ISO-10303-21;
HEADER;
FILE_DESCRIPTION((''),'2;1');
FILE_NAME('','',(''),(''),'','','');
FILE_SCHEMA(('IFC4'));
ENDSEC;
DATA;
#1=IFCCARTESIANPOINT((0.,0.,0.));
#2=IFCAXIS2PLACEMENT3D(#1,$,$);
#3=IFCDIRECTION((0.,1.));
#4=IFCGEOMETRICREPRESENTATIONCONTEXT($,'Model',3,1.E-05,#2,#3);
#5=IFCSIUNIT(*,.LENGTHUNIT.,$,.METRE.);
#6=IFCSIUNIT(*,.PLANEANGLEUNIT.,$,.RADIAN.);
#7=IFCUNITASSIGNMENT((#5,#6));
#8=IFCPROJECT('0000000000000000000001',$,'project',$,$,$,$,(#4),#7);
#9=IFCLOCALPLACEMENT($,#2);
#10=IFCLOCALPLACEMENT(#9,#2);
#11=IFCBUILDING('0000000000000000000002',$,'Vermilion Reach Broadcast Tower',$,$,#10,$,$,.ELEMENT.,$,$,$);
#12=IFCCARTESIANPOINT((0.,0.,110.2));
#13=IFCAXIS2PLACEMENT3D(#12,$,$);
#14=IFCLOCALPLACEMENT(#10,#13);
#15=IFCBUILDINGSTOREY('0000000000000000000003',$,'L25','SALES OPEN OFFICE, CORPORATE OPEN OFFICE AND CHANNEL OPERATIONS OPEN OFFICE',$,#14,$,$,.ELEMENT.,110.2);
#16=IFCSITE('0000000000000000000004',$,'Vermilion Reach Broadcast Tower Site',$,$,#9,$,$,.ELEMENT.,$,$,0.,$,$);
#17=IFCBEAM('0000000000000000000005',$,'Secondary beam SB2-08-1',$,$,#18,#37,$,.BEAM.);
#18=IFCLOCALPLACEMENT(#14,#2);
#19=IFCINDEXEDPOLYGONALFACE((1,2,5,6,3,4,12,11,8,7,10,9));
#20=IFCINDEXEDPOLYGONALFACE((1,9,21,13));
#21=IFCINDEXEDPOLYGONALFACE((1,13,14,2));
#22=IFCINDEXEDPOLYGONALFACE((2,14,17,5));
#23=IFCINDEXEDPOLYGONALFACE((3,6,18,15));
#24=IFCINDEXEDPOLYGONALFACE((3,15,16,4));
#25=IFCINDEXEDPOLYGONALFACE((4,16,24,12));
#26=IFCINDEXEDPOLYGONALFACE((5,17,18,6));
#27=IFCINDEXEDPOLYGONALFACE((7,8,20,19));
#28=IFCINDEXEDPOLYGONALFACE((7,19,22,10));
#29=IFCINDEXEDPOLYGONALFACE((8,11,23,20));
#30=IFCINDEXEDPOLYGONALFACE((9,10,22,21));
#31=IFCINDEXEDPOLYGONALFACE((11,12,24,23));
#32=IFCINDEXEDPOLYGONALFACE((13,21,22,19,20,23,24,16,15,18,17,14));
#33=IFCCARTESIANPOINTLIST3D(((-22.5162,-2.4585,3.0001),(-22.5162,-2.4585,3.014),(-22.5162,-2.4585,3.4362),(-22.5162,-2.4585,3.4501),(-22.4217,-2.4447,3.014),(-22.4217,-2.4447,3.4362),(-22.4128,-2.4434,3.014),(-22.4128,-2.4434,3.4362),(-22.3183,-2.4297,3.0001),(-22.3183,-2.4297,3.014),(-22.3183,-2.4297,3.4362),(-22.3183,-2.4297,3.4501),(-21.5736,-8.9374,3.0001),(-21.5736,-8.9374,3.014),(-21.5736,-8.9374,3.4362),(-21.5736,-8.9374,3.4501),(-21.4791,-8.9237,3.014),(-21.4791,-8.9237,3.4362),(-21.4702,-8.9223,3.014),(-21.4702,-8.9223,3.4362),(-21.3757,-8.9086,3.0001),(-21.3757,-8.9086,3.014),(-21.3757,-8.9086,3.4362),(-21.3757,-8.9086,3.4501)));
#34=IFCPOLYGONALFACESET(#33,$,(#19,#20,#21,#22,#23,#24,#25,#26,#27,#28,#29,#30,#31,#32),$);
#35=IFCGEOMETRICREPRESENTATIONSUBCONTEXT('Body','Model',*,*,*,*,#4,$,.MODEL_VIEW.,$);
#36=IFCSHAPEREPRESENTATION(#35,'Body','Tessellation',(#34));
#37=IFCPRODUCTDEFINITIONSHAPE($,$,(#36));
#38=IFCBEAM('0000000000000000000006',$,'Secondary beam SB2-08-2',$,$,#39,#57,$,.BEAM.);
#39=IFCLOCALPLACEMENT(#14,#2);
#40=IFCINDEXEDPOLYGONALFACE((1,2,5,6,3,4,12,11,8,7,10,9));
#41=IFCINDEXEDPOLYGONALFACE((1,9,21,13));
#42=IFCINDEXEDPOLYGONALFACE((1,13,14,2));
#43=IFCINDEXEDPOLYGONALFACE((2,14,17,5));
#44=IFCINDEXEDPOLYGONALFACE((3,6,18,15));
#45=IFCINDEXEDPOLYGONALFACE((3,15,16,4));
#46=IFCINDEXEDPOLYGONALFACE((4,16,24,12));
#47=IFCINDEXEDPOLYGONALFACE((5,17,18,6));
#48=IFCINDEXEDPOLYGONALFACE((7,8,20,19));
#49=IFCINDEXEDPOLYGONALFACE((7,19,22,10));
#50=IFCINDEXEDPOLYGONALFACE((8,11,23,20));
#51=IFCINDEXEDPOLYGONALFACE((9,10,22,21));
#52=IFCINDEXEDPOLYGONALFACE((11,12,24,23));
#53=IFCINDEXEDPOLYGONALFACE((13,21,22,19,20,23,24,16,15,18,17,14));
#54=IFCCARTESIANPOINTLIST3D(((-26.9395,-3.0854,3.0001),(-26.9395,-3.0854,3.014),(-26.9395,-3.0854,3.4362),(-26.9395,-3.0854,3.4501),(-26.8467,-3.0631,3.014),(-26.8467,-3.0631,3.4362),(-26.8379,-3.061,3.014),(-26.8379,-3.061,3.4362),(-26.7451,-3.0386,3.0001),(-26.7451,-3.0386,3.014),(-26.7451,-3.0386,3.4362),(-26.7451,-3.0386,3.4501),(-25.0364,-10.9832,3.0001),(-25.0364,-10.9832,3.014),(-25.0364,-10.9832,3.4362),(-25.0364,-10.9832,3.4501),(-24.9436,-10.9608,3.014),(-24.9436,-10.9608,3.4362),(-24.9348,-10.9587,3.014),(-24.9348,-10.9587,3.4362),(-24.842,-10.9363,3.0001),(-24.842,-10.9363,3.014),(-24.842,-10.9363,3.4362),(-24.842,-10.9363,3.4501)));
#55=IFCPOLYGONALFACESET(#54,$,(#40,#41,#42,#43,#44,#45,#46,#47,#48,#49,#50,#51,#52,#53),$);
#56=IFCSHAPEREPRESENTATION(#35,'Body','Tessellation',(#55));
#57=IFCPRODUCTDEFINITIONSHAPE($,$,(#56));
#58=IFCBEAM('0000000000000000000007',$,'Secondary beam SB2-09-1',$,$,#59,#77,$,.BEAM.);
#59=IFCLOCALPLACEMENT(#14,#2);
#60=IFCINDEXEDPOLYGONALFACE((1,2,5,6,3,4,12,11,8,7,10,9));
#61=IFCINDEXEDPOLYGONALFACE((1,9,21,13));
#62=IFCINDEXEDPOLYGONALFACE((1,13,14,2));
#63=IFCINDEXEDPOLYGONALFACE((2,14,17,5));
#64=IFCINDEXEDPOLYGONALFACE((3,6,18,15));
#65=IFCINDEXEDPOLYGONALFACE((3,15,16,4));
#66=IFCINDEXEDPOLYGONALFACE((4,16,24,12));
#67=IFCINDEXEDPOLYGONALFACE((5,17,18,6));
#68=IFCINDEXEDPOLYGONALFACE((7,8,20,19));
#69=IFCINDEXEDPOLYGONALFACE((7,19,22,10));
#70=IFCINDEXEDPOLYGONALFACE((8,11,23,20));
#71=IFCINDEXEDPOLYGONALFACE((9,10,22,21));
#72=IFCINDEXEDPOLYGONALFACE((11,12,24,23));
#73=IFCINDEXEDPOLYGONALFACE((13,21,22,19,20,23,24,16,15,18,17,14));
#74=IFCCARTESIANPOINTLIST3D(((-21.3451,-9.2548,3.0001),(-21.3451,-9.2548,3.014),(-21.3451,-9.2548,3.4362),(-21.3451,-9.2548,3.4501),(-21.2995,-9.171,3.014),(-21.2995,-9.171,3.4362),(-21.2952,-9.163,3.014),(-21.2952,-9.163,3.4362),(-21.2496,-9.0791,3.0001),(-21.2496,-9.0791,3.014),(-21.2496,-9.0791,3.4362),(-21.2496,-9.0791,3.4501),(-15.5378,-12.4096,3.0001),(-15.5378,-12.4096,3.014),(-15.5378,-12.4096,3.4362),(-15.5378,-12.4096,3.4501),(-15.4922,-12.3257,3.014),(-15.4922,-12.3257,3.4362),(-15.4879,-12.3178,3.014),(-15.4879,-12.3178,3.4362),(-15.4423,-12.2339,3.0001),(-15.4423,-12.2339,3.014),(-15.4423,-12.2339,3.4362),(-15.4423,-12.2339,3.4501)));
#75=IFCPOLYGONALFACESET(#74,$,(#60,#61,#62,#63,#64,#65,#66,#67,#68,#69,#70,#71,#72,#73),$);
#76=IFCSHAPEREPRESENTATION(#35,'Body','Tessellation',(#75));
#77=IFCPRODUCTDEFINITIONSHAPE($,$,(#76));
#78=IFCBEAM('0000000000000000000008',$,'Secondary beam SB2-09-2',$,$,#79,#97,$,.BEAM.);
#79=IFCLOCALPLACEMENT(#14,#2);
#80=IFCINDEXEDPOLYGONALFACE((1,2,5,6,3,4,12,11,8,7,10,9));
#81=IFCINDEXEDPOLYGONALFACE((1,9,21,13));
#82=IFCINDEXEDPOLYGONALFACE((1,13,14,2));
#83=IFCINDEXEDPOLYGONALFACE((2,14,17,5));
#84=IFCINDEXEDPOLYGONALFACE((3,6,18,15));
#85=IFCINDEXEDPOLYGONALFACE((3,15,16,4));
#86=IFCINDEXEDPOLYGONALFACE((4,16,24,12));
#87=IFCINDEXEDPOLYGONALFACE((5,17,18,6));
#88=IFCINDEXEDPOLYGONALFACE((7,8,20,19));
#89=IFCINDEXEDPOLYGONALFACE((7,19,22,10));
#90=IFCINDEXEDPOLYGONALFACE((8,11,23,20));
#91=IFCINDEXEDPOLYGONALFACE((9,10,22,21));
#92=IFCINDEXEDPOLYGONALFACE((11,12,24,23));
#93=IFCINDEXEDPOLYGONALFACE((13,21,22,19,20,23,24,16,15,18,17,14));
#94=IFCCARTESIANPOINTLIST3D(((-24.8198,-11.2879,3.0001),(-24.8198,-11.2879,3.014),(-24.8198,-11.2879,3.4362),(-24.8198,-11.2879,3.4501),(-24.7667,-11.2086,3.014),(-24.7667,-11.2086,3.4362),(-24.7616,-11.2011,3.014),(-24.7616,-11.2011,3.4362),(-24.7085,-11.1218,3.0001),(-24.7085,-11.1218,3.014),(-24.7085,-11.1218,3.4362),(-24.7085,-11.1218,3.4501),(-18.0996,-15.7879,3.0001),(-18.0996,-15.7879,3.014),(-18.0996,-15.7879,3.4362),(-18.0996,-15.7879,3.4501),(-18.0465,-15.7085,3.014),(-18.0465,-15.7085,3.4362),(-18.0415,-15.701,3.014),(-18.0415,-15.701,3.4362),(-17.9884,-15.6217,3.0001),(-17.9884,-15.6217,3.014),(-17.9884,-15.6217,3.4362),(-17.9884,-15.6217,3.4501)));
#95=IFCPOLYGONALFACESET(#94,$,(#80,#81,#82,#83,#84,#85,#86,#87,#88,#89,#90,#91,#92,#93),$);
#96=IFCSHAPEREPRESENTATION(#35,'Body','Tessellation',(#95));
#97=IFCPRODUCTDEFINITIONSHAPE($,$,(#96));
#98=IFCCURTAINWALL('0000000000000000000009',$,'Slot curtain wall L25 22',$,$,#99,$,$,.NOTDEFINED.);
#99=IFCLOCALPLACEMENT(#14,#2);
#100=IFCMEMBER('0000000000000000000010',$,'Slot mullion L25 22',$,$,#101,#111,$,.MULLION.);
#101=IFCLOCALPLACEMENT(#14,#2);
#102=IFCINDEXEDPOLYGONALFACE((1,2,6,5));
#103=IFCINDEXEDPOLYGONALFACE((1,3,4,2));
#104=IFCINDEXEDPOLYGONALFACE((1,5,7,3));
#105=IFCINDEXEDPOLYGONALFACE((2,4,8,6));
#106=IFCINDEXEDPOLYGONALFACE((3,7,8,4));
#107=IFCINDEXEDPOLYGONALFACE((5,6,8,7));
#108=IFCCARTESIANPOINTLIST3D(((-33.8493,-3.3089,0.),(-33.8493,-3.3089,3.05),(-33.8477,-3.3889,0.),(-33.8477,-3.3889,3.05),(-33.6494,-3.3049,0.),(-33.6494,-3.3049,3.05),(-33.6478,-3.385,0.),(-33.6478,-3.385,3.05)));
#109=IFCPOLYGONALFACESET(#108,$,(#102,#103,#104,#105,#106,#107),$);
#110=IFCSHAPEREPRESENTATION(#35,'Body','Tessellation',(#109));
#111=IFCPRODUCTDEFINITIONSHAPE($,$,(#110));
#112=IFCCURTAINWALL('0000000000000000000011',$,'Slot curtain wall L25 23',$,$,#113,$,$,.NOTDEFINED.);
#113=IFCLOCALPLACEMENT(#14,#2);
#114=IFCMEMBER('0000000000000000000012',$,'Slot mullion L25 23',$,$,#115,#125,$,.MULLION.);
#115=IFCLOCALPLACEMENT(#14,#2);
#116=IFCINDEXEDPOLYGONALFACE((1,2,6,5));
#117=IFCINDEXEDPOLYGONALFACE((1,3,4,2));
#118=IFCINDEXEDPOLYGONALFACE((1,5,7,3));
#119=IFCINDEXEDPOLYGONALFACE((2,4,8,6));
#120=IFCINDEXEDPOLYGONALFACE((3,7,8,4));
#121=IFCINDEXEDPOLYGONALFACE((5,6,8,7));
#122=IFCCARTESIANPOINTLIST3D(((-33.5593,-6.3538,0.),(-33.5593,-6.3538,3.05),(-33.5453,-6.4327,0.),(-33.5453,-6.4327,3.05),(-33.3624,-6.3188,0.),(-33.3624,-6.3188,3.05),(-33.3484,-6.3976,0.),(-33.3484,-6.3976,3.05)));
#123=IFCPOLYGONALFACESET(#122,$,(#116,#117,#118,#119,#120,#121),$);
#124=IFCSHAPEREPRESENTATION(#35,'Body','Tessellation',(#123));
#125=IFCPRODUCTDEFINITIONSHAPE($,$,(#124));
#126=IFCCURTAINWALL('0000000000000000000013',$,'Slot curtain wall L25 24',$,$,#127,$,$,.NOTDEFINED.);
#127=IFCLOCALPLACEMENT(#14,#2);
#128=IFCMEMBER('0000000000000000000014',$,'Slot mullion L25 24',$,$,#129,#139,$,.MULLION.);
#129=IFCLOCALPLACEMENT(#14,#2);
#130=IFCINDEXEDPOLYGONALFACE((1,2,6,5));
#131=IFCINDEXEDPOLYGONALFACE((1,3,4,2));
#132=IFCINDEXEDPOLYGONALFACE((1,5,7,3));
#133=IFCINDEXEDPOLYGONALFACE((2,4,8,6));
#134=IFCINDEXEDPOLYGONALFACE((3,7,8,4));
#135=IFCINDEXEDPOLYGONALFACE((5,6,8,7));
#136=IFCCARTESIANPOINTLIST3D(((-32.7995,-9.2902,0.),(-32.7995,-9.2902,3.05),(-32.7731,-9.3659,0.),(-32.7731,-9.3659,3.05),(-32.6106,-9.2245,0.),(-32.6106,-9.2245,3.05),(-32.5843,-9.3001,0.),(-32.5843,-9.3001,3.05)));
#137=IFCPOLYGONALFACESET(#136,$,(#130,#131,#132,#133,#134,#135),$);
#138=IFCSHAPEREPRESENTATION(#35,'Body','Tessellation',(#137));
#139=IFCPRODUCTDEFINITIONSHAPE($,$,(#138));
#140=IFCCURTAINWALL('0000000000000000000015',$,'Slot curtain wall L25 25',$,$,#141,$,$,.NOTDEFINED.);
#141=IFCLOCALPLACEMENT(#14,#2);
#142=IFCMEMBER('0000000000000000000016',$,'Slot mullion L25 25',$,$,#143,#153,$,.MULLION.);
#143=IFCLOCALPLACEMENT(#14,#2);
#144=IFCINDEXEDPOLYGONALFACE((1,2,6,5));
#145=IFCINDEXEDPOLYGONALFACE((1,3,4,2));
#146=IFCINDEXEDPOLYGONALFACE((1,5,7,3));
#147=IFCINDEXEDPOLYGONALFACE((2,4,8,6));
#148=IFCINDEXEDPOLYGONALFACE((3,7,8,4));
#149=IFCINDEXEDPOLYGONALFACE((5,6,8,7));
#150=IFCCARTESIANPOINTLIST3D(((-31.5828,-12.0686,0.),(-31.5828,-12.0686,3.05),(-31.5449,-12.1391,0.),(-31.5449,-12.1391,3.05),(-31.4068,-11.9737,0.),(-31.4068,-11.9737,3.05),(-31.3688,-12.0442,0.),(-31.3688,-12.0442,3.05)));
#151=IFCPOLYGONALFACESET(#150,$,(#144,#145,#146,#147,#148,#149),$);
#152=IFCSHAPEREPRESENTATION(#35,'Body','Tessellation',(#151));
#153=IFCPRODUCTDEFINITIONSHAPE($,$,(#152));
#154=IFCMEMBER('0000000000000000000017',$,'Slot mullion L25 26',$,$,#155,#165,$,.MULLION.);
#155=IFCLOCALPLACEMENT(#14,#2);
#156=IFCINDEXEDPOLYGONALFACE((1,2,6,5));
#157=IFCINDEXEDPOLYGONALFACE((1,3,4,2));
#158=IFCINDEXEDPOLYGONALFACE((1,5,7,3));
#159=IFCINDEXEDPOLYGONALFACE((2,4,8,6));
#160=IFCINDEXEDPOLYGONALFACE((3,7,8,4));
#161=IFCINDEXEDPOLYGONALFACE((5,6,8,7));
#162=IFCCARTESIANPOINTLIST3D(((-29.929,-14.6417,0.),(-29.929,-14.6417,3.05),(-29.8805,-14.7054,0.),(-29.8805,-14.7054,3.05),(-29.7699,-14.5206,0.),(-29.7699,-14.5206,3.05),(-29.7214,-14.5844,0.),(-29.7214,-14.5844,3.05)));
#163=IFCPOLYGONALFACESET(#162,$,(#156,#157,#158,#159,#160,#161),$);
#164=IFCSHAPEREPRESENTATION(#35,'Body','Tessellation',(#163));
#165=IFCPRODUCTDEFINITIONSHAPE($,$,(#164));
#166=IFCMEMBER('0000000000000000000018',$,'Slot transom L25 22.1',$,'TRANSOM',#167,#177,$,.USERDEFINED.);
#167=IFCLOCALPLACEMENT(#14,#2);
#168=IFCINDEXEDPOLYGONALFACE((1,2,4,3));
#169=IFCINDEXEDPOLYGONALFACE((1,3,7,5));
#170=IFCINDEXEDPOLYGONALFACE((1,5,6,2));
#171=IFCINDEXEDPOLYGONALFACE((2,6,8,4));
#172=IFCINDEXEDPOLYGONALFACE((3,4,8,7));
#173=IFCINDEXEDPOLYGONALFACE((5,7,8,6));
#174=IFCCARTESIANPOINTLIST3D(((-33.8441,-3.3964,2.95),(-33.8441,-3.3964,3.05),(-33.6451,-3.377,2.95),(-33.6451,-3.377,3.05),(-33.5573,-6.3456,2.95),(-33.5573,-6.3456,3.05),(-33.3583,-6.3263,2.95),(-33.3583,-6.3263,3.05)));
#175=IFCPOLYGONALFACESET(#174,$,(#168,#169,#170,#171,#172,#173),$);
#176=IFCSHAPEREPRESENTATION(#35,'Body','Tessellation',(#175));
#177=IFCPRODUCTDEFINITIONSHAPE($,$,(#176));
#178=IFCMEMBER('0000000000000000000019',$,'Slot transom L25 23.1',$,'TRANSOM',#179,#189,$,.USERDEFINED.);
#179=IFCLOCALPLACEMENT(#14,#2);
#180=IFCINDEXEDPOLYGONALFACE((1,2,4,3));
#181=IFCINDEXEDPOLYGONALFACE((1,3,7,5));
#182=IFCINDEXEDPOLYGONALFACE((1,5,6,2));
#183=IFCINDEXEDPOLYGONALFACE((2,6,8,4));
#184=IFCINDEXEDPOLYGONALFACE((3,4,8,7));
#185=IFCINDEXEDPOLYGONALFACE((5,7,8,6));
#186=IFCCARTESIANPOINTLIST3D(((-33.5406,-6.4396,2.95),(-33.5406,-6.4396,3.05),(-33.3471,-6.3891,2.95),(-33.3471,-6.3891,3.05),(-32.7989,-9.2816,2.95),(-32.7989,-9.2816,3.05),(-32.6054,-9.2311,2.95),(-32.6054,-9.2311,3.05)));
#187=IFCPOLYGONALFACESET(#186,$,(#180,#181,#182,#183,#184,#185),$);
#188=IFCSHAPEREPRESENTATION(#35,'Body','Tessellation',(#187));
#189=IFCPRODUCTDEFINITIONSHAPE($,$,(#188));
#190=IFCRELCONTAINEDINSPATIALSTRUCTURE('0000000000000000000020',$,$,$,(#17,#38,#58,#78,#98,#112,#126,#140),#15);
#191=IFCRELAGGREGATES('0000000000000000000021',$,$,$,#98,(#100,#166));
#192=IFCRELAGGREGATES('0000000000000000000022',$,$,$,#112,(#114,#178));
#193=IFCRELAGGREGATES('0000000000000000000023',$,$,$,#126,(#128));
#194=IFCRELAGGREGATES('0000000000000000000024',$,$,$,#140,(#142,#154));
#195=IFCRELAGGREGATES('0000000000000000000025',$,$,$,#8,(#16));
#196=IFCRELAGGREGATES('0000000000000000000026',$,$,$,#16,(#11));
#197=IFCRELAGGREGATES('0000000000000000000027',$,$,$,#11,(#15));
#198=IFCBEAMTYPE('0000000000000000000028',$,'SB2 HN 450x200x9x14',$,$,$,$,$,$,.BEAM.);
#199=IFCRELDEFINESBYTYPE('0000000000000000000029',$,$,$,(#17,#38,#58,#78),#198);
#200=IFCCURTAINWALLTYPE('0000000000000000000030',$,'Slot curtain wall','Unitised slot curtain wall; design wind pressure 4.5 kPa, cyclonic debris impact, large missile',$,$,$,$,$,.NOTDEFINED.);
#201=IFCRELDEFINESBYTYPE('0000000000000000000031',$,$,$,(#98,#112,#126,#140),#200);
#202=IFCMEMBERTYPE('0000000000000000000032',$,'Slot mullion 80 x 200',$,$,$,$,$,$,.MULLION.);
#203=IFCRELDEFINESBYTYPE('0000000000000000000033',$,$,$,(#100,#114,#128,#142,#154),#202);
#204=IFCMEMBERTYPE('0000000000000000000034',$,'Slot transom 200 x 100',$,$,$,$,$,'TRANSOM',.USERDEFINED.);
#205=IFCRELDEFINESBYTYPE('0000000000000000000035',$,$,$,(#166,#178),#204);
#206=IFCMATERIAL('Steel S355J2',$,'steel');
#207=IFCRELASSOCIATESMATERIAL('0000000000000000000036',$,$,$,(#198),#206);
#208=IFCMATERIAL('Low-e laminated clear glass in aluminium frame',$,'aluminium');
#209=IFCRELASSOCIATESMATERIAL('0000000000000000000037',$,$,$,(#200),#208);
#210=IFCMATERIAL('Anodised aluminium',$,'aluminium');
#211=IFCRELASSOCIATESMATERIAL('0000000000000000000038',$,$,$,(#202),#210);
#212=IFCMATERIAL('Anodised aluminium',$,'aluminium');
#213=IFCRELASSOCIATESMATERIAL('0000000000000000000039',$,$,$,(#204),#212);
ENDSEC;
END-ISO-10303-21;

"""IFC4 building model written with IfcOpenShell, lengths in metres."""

from ifc_helpers import new_model, si_unit, direction, frame, origin, origin_2d, place, context, subcontext, project, spatial, rectangle, i_section, extrude, material, material_profile, profile_set, type_object, element, aggregate, save


model = new_model("IFC4")

# Units and contexts
model_context = context("Model", 3, precision=1e-05, world=origin(), true_north=direction((0.0, 1.0)))
body_context = subcontext(model_context, "Body", "Model", "MODEL_VIEW")
ifc_project = project(units=[si_unit("LENGTHUNIT", "METRE"), si_unit("PLANEANGLEUNIT", "RADIAN")], contexts=[model_context])

# Site, building, storey
site_placement = place(None, origin())
site = spatial("IfcSite", under=ifc_project, at=site_placement, Name="Vermilion Reach Broadcast Tower Site", CompositionType="ELEMENT", RefElevation=0.0)
building_placement = place(site_placement, origin())
building = spatial("IfcBuilding", under=site, at=building_placement, Name="Vermilion Reach Broadcast Tower", CompositionType="ELEMENT")
storey_placement = place(building_placement, frame((0.0, 0.0, 110.2)))
storey = spatial("IfcBuildingStorey", under=building, at=storey_placement, Name="L25", Description="SALES OPEN OFFICE, CORPORATE OPEN OFFICE AND CHANNEL OPERATIONS OPEN OFFICE", CompositionType="ELEMENT", Elevation=110.2)

# Beams
ifc_material_1 = material(Name="Steel S355J2", Category="steel")
ifc_material_profile_1 = material_profile(ifc_material_1, i_section(OverallWidth=0.2, OverallDepth=0.45, WebThickness=0.009, FlangeThickness=0.0139, at=origin_2d()), Name="S355J2 HN 450x200x9x14")
ifc_profile_set_1 = profile_set([ifc_material_profile_1], Name="Steel S355J2")
beam_type_1 = type_object("IfcBeamType", Name="SB2 HN 450x200x9x14", PredefinedType="BEAM", material=ifc_profile_set_1)
beam_1_placement = place(storey_placement, frame((-22.4172, -2.4441, 3.2251), z_axis=(0.143974, -0.989582, 0.0), x_axis=(0.989582, 0.143974, 0.0)))
element("IfcBeam", 1, at=beam_1_placement, inside=storey, type_object=beam_type_1, Name="Secondary beam SB2-08-1", PredefinedType="BEAM", context=body_context, shape_type="SweptSolid", body=[
    extrude(i_section(OverallWidth=0.2, OverallDepth=0.45, WebThickness=0.009, FlangeThickness=0.0139, at=origin_2d()), origin(), (0.0, 0.0, 1.0), 6.5471),
])
beam_2_placement = place(storey_placement, frame((-26.8423, -3.062, 3.2251), z_axis=(0.234261, -0.972174, 0.0), x_axis=(0.972174, 0.234261, 0.0)))
element("IfcBeam", 2, at=beam_2_placement, inside=storey, type_object=beam_type_1, Name="Secondary beam SB2-08-2", PredefinedType="BEAM", context=body_context, shape_type="SweptSolid", body=[
    extrude(i_section(OverallWidth=0.2, OverallDepth=0.45, WebThickness=0.009, FlangeThickness=0.0139, at=origin_2d()), origin(), (0.0, 0.0, 1.0), 8.1238),
])
beam_3_placement = place(storey_placement, frame((-21.2974, -9.167, 3.2251), z_axis=(0.878713, -0.47735, 0.0), x_axis=(0.47735, 0.878713, 0.0)))
element("IfcBeam", 3, at=beam_3_placement, inside=storey, type_object=beam_type_1, Name="Secondary beam SB2-09-1", PredefinedType="BEAM", context=body_context, shape_type="SweptSolid", body=[
    extrude(i_section(OverallWidth=0.2, OverallDepth=0.45, WebThickness=0.009, FlangeThickness=0.0139, at=origin_2d()), origin(), (0.0, 0.0, 1.0), 6.6089),
])
beam_4_placement = place(storey_placement, frame((-24.7642, -11.2048, 3.2251), z_axis=(0.830915, -0.556399, 0.0), x_axis=(0.556399, 0.830915, 0.0)))
element("IfcBeam", 4, at=beam_4_placement, inside=storey, type_object=beam_type_1, Name="Secondary beam SB2-09-2", PredefinedType="BEAM", context=body_context, shape_type="SweptSolid", body=[
    extrude(i_section(OverallWidth=0.2, OverallDepth=0.45, WebThickness=0.009, FlangeThickness=0.0139, at=origin_2d()), origin(), (0.0, 0.0, 1.0), 8.0876),
])

# Curtain walls, members
ifc_material_2 = material(Name="Low-e laminated clear glass in aluminium frame", Category="aluminium")
curtain_wall_type = type_object("IfcCurtainWallType", Name="Slot curtain wall", Description="Unitised slot curtain wall; design wind pressure 4.5 kPa, cyclonic debris impact, large missile", PredefinedType="NOTDEFINED", material=ifc_material_2)
placement = place(storey_placement, origin())
curtain_wall_1 = element("IfcCurtainWall", 5, at=placement, inside=storey, type_object=curtain_wall_type, Name="Slot curtain wall L25 22", PredefinedType="NOTDEFINED")
ifc_material_3 = material(Name="Anodised aluminium", Category="aluminium")
ifc_material_profile_2 = material_profile(ifc_material_3, rectangle(XDim=0.2, YDim=0.0801, at=origin_2d()), Name="Slot mullion 80 x 200")
ifc_profile_set_2 = profile_set([ifc_material_profile_2], Name="Anodised aluminium")
member_type_1 = type_object("IfcMemberType", Name="Slot mullion 80 x 200", PredefinedType="MULLION", material=ifc_profile_set_2)
member_1_placement = place(storey_placement, frame((-33.7485, -3.3469, 0.0), z_axis=(0.0, 0.0, 1.0), x_axis=(0.999807, 0.019661, 0.0)))
member_1 = element("IfcMember", 6, at=member_1_placement, type_object=member_type_1, Name="Slot mullion L25 22", PredefinedType="MULLION", context=body_context, shape_type="SweptSolid", body=[
    extrude(rectangle(XDim=0.2, YDim=0.0801, at=origin_2d()), origin(), (0.0, 0.0, 1.0), 3.05),
])
curtain_wall_2 = element("IfcCurtainWall", 7, at=placement, inside=storey, type_object=curtain_wall_type, Name="Slot curtain wall L25 23", PredefinedType="NOTDEFINED")
member_2_placement = place(storey_placement, frame((-33.4539, -6.3757, 0.0), z_axis=(0.0, 0.0, 1.0), x_axis=(0.98453, 0.175214, 0.0)))
member_2 = element("IfcMember", 8, at=member_2_placement, type_object=member_type_1, Name="Slot mullion L25 23", PredefinedType="MULLION", context=body_context, shape_type="SweptSolid", body=[
    extrude(rectangle(XDim=0.2, YDim=0.0801, at=origin_2d()), origin(), (0.0, 0.0, 1.0), 3.05),
])
curtain_wall_3 = element("IfcCurtainWall", 9, at=placement, inside=storey, type_object=curtain_wall_type, Name="Slot curtain wall L25 24", PredefinedType="NOTDEFINED")
member_3_placement = place(storey_placement, frame((-32.6919, -9.2952, 0.0), z_axis=(0.0, 0.0, 1.0), x_axis=(0.944376, 0.328867, 0.0)))
member_3 = element("IfcMember", 10, at=member_3_placement, type_object=member_type_1, Name="Slot mullion L25 24", PredefinedType="MULLION", context=body_context, shape_type="SweptSolid", body=[
    extrude(rectangle(XDim=0.2, YDim=0.0801, at=origin_2d()), origin(), (0.0, 0.0, 1.0), 3.05),
])

# Curtain wall, members
curtain_wall_4 = element("IfcCurtainWall", 11, at=placement, inside=storey, type_object=curtain_wall_type, Name="Slot curtain wall L25 25", PredefinedType="NOTDEFINED")
member_4_placement = place(storey_placement, frame((-31.4758, -12.0564, 0.0), z_axis=(0.0, 0.0, 1.0), x_axis=(0.880404, 0.474225, 0.0)))
member_4 = element("IfcMember", 12, at=member_4_placement, type_object=member_type_1, Name="Slot mullion L25 25", PredefinedType="MULLION", context=body_context, shape_type="SweptSolid", body=[
    extrude(rectangle(XDim=0.2, YDim=0.0801, at=origin_2d()), origin(), (0.0, 0.0, 1.0), 3.05),
])
member_5_placement = place(storey_placement, frame((-29.8252, -14.613, 0.0), z_axis=(0.0, 0.0, 1.0), x_axis=(0.795754, 0.60562, 0.0)))
member_5 = element("IfcMember", 13, at=member_5_placement, type_object=member_type_1, Name="Slot mullion L25 26", PredefinedType="MULLION", context=body_context, shape_type="SweptSolid", body=[
    extrude(rectangle(XDim=0.2, YDim=0.0801, at=origin_2d()), origin(), (0.0, 0.0, 1.0), 3.05),
])

# Members
ifc_material_4 = material(Name="Anodised aluminium", Category="aluminium")
ifc_material_profile_3 = material_profile(ifc_material_4, rectangle(XDim=0.2, YDim=0.1001, at=origin_2d()), Name="Slot transom 200 x 100")
ifc_profile_set_3 = profile_set([ifc_material_profile_3], Name="Anodised aluminium")
member_type_2 = type_object("IfcMemberType", Name="Slot transom 200 x 100", ElementType="TRANSOM", PredefinedType="USERDEFINED", material=ifc_profile_set_3)
member_6_placement = place(storey_placement, frame((-33.7446, -3.3867, 3.0), z_axis=(0.096811, -0.995303, 0.0), x_axis=(0.995303, 0.096811, 0.0)))
member_6 = element("IfcMember", 14, at=member_6_placement, type_object=member_type_2, Name="Slot transom L25 22.1", ObjectType="TRANSOM", PredefinedType="USERDEFINED", context=body_context, shape_type="SweptSolid", body=[
    extrude(rectangle(XDim=0.2, YDim=0.1001, at=origin_2d()), origin(), (0.0, 0.0, 1.0), 2.9631),
])
member_7_placement = place(storey_placement, frame((-33.4438, -6.4143, 3.0), z_axis=(0.252517, -0.967593, 0.0), x_axis=(0.967593, 0.252517, 0.0)))
member_7 = element("IfcMember", 15, at=member_7_placement, type_object=member_type_2, Name="Slot transom L25 23.1", ObjectType="TRANSOM", PredefinedType="USERDEFINED", context=body_context, shape_type="SweptSolid", body=[
    extrude(rectangle(XDim=0.2, YDim=0.1001, at=origin_2d()), origin(), (0.0, 0.0, 1.0), 2.9373),
])

aggregate(curtain_wall_1, [member_1, member_6])
aggregate(curtain_wall_2, [member_2, member_7])
aggregate(curtain_wall_3, [member_3])
aggregate(curtain_wall_4, [member_4, member_5])

save(model, "model.ifc")
